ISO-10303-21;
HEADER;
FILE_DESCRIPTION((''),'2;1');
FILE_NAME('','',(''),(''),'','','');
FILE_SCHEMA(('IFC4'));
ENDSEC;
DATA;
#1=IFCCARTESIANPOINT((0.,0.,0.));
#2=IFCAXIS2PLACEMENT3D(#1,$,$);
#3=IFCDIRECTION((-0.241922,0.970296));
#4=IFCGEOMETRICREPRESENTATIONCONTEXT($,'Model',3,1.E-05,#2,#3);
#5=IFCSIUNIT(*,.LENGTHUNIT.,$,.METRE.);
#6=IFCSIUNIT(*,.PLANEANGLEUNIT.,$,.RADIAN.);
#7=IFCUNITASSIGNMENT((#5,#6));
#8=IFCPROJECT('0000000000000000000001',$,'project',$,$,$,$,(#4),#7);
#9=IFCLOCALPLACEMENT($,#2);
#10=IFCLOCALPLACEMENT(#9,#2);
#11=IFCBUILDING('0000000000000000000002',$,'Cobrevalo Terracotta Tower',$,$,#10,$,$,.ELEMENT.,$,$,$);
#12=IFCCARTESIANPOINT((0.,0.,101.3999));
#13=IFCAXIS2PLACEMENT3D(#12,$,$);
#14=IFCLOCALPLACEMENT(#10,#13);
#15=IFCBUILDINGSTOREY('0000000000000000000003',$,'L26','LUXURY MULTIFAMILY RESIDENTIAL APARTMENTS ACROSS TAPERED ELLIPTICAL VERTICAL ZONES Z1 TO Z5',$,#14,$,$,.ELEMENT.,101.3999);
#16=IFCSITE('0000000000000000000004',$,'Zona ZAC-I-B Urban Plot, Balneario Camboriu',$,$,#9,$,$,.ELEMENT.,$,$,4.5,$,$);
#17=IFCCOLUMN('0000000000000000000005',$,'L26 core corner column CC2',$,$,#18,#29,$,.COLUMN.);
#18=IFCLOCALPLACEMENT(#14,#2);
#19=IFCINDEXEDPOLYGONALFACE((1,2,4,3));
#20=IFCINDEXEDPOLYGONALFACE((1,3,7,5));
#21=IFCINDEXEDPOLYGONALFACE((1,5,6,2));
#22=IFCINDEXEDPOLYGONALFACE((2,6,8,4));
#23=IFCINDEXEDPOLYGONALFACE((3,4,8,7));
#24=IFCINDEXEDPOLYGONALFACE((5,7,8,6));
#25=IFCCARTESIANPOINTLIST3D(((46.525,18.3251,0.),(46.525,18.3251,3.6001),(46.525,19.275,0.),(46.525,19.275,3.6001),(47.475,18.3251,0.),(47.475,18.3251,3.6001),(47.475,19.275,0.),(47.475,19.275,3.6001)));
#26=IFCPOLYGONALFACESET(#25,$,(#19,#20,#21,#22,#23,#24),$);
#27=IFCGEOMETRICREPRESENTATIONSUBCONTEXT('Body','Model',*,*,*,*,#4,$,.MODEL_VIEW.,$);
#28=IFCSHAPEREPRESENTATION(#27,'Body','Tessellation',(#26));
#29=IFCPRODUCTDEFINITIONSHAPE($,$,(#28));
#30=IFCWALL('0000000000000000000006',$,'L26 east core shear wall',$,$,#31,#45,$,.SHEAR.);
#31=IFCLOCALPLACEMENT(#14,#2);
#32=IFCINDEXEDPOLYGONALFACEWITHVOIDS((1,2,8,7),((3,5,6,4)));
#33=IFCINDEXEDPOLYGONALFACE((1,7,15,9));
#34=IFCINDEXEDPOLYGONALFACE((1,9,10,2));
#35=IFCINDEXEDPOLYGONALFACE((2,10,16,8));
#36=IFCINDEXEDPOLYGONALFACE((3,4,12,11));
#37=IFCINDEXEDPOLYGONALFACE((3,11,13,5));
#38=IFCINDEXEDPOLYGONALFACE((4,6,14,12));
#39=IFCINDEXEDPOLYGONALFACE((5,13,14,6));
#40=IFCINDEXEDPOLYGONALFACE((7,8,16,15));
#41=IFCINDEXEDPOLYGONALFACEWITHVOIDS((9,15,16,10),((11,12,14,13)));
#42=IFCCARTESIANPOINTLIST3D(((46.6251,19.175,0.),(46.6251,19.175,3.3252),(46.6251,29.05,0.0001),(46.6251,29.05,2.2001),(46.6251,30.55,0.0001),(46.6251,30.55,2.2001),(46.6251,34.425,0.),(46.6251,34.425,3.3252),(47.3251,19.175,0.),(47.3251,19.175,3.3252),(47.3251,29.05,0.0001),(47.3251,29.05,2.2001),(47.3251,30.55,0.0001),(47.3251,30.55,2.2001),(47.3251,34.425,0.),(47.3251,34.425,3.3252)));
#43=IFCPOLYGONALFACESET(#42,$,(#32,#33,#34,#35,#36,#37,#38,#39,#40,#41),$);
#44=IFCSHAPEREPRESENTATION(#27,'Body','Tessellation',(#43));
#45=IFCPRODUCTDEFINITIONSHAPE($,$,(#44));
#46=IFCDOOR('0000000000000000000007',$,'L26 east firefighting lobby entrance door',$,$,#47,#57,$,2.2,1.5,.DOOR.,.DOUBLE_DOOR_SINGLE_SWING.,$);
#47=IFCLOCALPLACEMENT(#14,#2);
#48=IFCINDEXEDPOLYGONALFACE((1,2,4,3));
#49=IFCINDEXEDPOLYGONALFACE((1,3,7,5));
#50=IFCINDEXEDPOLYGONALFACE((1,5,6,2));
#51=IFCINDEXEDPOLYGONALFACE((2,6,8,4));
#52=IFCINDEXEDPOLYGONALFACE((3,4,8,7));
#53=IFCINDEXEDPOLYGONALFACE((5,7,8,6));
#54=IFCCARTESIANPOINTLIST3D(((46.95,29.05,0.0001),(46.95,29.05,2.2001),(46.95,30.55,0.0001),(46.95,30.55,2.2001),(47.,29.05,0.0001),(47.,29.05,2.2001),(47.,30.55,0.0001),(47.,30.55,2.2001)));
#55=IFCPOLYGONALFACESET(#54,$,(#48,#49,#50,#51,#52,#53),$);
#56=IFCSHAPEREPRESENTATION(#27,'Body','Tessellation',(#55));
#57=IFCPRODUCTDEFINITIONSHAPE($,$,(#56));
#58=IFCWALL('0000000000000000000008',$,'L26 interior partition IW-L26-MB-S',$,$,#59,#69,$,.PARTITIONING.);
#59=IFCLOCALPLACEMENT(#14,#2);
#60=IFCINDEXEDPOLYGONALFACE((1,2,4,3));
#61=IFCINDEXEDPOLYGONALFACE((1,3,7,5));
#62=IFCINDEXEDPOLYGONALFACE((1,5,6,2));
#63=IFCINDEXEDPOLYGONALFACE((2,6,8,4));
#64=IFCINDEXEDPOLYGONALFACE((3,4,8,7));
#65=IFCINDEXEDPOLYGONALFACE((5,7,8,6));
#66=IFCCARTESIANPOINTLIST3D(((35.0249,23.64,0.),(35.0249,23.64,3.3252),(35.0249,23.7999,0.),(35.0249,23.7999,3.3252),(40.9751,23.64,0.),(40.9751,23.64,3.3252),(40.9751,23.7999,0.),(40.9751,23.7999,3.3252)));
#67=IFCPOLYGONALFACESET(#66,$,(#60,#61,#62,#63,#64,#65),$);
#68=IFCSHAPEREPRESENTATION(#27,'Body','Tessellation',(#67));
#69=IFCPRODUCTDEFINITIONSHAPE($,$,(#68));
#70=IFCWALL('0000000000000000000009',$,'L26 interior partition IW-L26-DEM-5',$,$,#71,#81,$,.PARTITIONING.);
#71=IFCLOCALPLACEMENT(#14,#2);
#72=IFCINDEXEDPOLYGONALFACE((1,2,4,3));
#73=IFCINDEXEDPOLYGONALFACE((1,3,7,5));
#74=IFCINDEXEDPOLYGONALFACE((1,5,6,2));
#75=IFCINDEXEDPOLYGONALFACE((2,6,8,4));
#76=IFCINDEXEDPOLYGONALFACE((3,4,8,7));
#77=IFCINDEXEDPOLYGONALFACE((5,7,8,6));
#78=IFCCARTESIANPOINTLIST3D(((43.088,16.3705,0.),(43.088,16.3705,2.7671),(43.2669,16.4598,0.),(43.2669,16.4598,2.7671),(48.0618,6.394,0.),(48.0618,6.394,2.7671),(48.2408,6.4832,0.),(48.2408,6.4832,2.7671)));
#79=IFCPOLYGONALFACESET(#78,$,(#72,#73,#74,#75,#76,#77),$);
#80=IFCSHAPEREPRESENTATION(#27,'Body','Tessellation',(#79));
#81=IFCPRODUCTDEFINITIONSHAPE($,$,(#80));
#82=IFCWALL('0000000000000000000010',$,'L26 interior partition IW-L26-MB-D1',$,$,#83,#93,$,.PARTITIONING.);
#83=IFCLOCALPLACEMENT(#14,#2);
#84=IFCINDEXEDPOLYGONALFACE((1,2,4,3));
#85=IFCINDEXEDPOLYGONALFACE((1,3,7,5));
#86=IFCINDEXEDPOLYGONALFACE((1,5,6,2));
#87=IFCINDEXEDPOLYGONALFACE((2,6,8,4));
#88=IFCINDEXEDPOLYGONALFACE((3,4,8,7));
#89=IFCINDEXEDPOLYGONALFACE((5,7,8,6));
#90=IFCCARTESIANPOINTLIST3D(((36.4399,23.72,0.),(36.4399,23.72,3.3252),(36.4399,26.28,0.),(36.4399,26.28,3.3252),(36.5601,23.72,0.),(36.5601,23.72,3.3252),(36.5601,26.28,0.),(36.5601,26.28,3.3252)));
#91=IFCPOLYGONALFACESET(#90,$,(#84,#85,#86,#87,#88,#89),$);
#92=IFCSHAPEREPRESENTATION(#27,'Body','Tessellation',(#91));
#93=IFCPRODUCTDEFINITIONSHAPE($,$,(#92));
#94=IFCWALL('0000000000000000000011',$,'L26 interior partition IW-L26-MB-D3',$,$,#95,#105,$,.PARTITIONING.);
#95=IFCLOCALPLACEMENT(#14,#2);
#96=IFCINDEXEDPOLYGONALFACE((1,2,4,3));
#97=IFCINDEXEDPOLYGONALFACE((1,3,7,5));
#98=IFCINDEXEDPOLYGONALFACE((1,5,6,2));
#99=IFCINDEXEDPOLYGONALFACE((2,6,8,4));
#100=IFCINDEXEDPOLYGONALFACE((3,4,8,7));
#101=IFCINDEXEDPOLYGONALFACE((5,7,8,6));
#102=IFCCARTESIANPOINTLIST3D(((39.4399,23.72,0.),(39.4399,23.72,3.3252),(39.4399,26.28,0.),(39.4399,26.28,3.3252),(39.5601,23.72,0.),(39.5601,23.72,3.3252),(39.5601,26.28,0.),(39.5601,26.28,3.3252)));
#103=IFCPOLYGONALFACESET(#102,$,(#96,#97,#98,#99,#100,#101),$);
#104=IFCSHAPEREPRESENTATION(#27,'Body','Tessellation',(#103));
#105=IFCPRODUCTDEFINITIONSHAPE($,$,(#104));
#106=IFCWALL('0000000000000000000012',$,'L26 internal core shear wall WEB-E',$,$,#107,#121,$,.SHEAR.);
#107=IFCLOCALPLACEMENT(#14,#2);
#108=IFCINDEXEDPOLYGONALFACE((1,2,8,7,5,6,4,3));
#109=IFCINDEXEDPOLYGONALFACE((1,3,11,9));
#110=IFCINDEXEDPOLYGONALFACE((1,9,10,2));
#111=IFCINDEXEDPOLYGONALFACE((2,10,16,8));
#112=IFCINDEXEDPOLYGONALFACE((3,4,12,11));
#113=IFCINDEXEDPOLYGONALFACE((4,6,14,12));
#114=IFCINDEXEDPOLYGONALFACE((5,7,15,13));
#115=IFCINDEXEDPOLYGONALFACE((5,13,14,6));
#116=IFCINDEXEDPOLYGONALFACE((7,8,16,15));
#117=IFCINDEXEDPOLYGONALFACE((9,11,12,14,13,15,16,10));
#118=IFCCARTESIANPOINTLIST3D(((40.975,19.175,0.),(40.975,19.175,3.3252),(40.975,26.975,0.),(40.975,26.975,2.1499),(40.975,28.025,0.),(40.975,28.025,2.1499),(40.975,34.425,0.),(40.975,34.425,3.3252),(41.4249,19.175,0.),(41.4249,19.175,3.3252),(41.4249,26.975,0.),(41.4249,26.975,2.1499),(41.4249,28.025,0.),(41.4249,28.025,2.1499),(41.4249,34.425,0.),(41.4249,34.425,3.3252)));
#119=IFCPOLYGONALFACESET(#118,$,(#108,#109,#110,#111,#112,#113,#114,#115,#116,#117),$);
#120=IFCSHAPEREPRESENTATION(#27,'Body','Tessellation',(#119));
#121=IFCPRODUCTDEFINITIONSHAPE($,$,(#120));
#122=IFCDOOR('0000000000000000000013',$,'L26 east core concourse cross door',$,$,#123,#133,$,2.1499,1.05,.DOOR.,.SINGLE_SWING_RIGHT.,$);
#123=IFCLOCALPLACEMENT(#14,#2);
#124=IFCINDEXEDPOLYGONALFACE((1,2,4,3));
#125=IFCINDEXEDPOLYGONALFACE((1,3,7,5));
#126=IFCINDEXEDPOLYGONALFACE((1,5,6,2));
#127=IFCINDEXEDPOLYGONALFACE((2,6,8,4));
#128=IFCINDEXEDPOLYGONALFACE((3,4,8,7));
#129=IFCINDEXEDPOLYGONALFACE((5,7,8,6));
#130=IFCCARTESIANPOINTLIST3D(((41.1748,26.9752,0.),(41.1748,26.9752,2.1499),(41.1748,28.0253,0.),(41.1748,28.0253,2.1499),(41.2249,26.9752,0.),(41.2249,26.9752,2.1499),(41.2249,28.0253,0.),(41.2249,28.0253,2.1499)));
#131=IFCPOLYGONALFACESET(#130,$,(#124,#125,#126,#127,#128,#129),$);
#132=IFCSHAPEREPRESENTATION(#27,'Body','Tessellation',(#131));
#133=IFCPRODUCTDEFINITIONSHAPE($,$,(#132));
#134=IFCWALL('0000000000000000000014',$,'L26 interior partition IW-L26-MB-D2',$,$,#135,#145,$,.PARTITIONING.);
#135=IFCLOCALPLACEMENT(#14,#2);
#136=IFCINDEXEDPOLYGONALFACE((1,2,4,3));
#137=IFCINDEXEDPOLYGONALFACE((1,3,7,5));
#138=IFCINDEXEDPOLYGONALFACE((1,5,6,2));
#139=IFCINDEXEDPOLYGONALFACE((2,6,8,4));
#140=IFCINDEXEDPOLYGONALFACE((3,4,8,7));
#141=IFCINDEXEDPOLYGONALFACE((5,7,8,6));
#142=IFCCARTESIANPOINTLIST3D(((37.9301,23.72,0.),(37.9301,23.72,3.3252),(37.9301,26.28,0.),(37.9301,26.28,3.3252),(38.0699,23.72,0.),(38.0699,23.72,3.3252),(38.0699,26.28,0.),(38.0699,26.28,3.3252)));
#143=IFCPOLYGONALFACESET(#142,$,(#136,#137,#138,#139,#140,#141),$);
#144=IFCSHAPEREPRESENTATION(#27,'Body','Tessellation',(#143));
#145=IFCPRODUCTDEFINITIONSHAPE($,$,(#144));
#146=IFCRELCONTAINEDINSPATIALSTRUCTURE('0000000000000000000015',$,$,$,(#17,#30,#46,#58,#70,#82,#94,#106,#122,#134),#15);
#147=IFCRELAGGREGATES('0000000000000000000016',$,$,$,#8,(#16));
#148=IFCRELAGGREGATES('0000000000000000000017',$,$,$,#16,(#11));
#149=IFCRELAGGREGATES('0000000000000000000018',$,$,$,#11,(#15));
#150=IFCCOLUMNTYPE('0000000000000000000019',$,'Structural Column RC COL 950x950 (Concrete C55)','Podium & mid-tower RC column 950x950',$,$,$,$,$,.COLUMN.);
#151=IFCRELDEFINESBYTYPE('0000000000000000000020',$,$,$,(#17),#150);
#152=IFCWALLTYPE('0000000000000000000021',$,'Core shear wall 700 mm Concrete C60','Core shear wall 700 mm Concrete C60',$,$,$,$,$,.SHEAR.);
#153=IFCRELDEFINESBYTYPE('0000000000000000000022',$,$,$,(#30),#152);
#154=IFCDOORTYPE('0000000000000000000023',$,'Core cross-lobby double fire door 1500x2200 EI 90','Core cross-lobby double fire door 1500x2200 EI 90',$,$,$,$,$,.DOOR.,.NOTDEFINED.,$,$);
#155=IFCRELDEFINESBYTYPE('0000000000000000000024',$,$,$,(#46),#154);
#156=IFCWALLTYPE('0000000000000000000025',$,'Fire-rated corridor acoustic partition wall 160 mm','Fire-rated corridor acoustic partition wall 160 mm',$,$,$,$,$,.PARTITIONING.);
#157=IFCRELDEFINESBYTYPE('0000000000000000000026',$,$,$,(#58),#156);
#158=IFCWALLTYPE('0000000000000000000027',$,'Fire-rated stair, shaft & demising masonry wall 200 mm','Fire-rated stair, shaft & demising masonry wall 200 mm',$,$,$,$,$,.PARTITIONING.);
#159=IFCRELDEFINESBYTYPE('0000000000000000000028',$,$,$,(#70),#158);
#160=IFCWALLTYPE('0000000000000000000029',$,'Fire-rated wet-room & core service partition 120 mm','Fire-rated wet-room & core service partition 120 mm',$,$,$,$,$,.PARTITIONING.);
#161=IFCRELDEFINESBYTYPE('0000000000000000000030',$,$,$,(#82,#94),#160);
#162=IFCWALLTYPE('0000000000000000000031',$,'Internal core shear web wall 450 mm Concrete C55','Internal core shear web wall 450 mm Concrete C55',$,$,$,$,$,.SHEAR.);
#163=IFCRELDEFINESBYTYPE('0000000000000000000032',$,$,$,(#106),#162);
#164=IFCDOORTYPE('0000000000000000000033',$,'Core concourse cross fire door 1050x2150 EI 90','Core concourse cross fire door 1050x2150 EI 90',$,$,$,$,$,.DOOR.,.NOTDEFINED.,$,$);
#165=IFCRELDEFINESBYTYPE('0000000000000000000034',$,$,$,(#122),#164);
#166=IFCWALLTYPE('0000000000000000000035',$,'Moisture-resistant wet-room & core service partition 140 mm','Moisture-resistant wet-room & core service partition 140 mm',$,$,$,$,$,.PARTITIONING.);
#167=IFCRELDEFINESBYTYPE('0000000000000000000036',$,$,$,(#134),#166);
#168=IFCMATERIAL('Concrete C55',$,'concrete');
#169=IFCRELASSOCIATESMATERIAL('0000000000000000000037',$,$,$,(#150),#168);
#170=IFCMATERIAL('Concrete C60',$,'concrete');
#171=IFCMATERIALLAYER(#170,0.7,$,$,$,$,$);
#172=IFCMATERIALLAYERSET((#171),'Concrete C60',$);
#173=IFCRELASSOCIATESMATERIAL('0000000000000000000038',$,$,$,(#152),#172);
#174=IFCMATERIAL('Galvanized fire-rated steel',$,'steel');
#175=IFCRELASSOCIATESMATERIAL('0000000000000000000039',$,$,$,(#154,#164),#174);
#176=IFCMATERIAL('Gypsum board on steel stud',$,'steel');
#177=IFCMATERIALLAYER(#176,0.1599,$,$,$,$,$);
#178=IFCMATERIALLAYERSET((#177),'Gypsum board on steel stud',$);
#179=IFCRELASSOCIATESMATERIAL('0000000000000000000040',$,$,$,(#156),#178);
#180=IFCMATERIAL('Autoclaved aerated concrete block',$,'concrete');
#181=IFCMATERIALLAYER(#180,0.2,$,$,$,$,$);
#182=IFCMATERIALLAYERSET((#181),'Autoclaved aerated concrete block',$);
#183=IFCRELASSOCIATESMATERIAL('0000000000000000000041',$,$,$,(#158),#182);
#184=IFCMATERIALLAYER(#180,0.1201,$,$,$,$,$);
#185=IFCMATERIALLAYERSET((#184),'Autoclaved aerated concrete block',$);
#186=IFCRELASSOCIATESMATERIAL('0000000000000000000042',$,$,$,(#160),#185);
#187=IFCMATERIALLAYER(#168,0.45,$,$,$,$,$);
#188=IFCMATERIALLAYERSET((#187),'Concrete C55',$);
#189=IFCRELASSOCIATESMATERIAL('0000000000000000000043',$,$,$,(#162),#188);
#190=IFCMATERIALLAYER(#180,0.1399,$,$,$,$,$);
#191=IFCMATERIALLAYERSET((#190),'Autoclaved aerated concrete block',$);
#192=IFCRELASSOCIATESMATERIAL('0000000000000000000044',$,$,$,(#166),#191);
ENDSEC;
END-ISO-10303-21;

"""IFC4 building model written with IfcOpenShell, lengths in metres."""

from ifc_helpers import new_model, si_unit, direction, frame, frame_2d, origin, origin_2d, place, context, subcontext, project, spatial, rectangle, extrude, source, transform, mapped, material, layer, layer_set, material_profile, profile_set, type_object, element, fill, save


model = new_model("IFC4")

# Units and contexts
model_context = context("Model", 3, precision=1e-05, world=origin(), true_north=direction((-0.241922, 0.970296)))
body_context = subcontext(model_context, "Body", "Model", "MODEL_VIEW")
ifc_project = project(units=[si_unit("LENGTHUNIT", "METRE"), si_unit("PLANEANGLEUNIT", "RADIAN")], contexts=[model_context])

# Site, building, storey
site_placement = place(None, origin())
site = spatial("IfcSite", under=ifc_project, at=site_placement, Name="Zona ZAC-I-B Urban Plot, Balneario Camboriu", CompositionType="ELEMENT", RefElevation=4.5)
building_placement = place(site_placement, origin())
building = spatial("IfcBuilding", under=site, at=building_placement, Name="Cobrevalo Terracotta Tower", CompositionType="ELEMENT")
storey_placement = place(building_placement, frame((0.0, 0.0, 101.3999)))
storey = spatial("IfcBuildingStorey", under=building, at=storey_placement, Name="L26", Description="LUXURY MULTIFAMILY RESIDENTIAL APARTMENTS ACROSS TAPERED ELLIPTICAL VERTICAL ZONES Z1 TO Z5", CompositionType="ELEMENT", Elevation=101.3999)

# Column
ifc_material_1 = material(Name="Concrete C55", Category="concrete")
ifc_material_profile = material_profile(ifc_material_1, rectangle(XDim=0.95, YDim=0.95, at=origin_2d()), Name="RC COL 950x950")
ifc_profile_set = profile_set([ifc_material_profile], Name="Concrete C55")
column_type = type_object("IfcColumnType", Name="Structural Column RC COL 950x950 (Concrete C55)", Description="Podium & mid-tower RC column 950x950", PredefinedType="COLUMN", material=ifc_profile_set)
column_placement = place(storey_placement, frame((47.0, 18.8, 0.0), z_axis=(0.0, 0.0, 1.0), x_axis=(1.0, 0.0, 0.0)))
element("IfcColumn", 1, at=column_placement, inside=storey, type_object=column_type, Name="L26 core corner column CC2", PredefinedType="COLUMN", context=body_context, shape_type="SweptSolid", body=[
    extrude(rectangle(XDim=0.95, YDim=0.95, at=origin_2d()), origin(), (0.0, 0.0, 1.0), 3.6001),
])

# Wall, opening, door
ifc_material_2 = material(Name="Concrete C60", Category="concrete")
ifc_layer_1 = layer(ifc_material_2, 0.7)
ifc_layer_set_1 = layer_set([ifc_layer_1], Name="Concrete C60")
wall_type_1 = type_object("IfcWallType", Name="Core shear wall 700 mm Concrete C60", Description="Core shear wall 700 mm Concrete C60", PredefinedType="SHEAR", material=ifc_layer_set_1)
wall_1_placement = place(storey_placement, frame((46.9751, 19.175, 0.0), z_axis=(0.0, 0.0, 1.0), x_axis=(0.0, 1.0, 0.0)))
wall_1 = element("IfcWall", 2, at=wall_1_placement, inside=storey, type_object=wall_type_1, Name="L26 east core shear wall", PredefinedType="SHEAR", context=body_context, shape_type="SweptSolid", body=[
    extrude(rectangle(XDim=15.25, YDim=0.7, at=frame_2d((7.625, 0.0))), origin(), (0.0, 0.0, 1.0), 3.3252),
])
opening_1_placement = place(wall_1_placement, frame((9.875, 0.0, 0.0)))
opening_1 = element("IfcOpeningElement", 3, at=opening_1_placement, cuts=wall_1, PredefinedType="OPENING", context=body_context, shape_type="SweptSolid", body=[
    extrude(rectangle(XDim=1.5, YDim=2.2, at=frame_2d((0.75, 1.1001))), frame((0.0, 0.3599, 0.0), z_axis=(0.0, -1.0, 0.0), x_axis=(1.0, 0.0, 0.0)), (0.0, 0.0, 1.0), 0.72),
])
ifc_material_3 = material(Name="Galvanized fire-rated steel", Category="steel")
door_type_1 = type_object("IfcDoorType", Name="Core cross-lobby double fire door 1500x2200 EI 90", Description="Core cross-lobby double fire door 1500x2200 EI 90", OperationType="NOTDEFINED", PredefinedType="DOOR", material=ifc_material_3)
shared_shape_1 = source(origin(), body_context, "Body", "SweptSolid", [
    extrude(rectangle(XDim=1.5, YDim=2.2, at=frame_2d((0.75, 1.1001))), frame((0.0, 0.0249, 0.0), z_axis=(0.0, -1.0, 0.0), x_axis=(1.0, 0.0, 0.0)), (0.0, 0.0, 1.0), 0.05),
])
door_1_placement = place(opening_1_placement, frame((1.5, 0.0, 0.0), z_axis=(0.0, 0.0, 1.0), x_axis=(-1.0, 0.0, 0.0)))
door_1 = element("IfcDoor", 4, at=door_1_placement, inside=storey, type_object=door_type_1, Name="L26 east firefighting lobby entrance door", OperationType="DOUBLE_DOOR_SINGLE_SWING", OverallHeight=2.2, OverallWidth=1.5, PredefinedType="DOOR", context=body_context, shape_type="MappedRepresentation", body=[
    mapped(shared_shape_1, transform((0.0, 0.0, 0.0), scale=1.0)),
])
fill(opening_1, door_1)

# Walls
ifc_material_4 = material(Name="Gypsum board on steel stud", Category="steel")
ifc_layer_2 = layer(ifc_material_4, 0.1599)
ifc_layer_set_2 = layer_set([ifc_layer_2], Name="Gypsum board on steel stud")
wall_type_2 = type_object("IfcWallType", Name="Fire-rated corridor acoustic partition wall 160 mm", Description="Fire-rated corridor acoustic partition wall 160 mm", PredefinedType="PARTITIONING", material=ifc_layer_set_2)
wall_2_placement = place(storey_placement, frame((35.0249, 23.72, 0.0), z_axis=(0.0, 0.0, 1.0), x_axis=(1.0, 0.0, 0.0)))
element("IfcWall", 5, at=wall_2_placement, inside=storey, type_object=wall_type_2, Name="L26 interior partition IW-L26-MB-S", PredefinedType="PARTITIONING", context=body_context, shape_type="SweptSolid", body=[
    extrude(rectangle(XDim=5.9502, YDim=0.1599, at=frame_2d((2.9751, 0.0))), origin(), (0.0, 0.0, 1.0), 3.3252),
])
ifc_material_5 = material(Name="Autoclaved aerated concrete block", Category="concrete")
ifc_layer_3 = layer(ifc_material_5, 0.2)
ifc_layer_set_3 = layer_set([ifc_layer_3], Name="Autoclaved aerated concrete block")
wall_type_3 = type_object("IfcWallType", Name="Fire-rated stair, shaft & demising masonry wall 200 mm", Description="Fire-rated stair, shaft & demising masonry wall 200 mm", PredefinedType="PARTITIONING", material=ifc_layer_set_3)
wall_3_placement = place(storey_placement, frame((43.1775, 16.415, 0.0), z_axis=(0.0, 0.0, 1.0), x_axis=(0.44618, -0.894943, 0.0)))
element("IfcWall", 6, at=wall_3_placement, inside=storey, type_object=wall_type_3, Name="L26 interior partition IW-L26-DEM-5", PredefinedType="PARTITIONING", context=body_context, shape_type="SweptSolid", body=[
    extrude(rectangle(XDim=11.1477, YDim=0.2, at=frame_2d((5.5737, 0.0))), origin(), (0.0, 0.0, 1.0), 2.7671),
])
ifc_layer_4 = layer(ifc_material_5, 0.1201)
ifc_layer_set_4 = layer_set([ifc_layer_4], Name="Autoclaved aerated concrete block")
wall_type_4 = type_object("IfcWallType", Name="Fire-rated wet-room & core service partition 120 mm", Description="Fire-rated wet-room & core service partition 120 mm", PredefinedType="PARTITIONING", material=ifc_layer_set_4)
for number, where, z_axis, x_axis, name in (
    (7, (36.5, 23.72, 0.0), (0.0, 0.0, 1.0), (0.0, 1.0, 0.0), "L26 interior partition IW-L26-MB-D1"),
    (8, (39.5, 23.72, 0.0), (0.0, 0.0, 1.0), (0.0, 1.0, 0.0), "L26 interior partition IW-L26-MB-D3"),
):
    element("IfcWall", number, at=place(storey_placement, frame(where, z_axis=z_axis, x_axis=x_axis)), inside=storey, type_object=wall_type_4, Name=name, PredefinedType="PARTITIONING", context=body_context, shape_type="SweptSolid", body=[
        extrude(rectangle(XDim=2.5601, YDim=0.1201, at=frame_2d((1.28, 0.0))), origin(), (0.0, 0.0, 1.0), 3.3252),
    ])

# Wall, opening, door
ifc_layer_5 = layer(ifc_material_1, 0.45)
ifc_layer_set_5 = layer_set([ifc_layer_5], Name="Concrete C55")
wall_type_5 = type_object("IfcWallType", Name="Internal core shear web wall 450 mm Concrete C55", Description="Internal core shear web wall 450 mm Concrete C55", PredefinedType="SHEAR", material=ifc_layer_set_5)
wall_4_placement = place(storey_placement, frame((41.2, 19.175, 0.0), z_axis=(0.0, 0.0, 1.0), x_axis=(0.0, 1.0, 0.0)))
wall_4 = element("IfcWall", 9, at=wall_4_placement, inside=storey, type_object=wall_type_5, Name="L26 internal core shear wall WEB-E", PredefinedType="SHEAR", context=body_context, shape_type="SweptSolid", body=[
    extrude(rectangle(XDim=15.25, YDim=0.45, at=frame_2d((7.625, 0.0))), origin(), (0.0, 0.0, 1.0), 3.3252),
])
opening_2_placement = place(wall_4_placement, frame((7.8, 0.0, 0.0)))
opening_2 = element("IfcOpeningElement", 10, at=opening_2_placement, cuts=wall_4, PredefinedType="OPENING", context=body_context, shape_type="SweptSolid", body=[
    extrude(rectangle(XDim=1.05, YDim=2.1499, at=frame_2d((0.5249, 1.075))), frame((0.0, 0.2349, 0.0), z_axis=(0.0, -1.0, 0.0), x_axis=(1.0, 0.0, 0.0)), (0.0, 0.0, 1.0), 0.47),
])
door_type_2 = type_object("IfcDoorType", Name="Core concourse cross fire door 1050x2150 EI 90", Description="Core concourse cross fire door 1050x2150 EI 90", OperationType="NOTDEFINED", PredefinedType="DOOR", material=ifc_material_3)
shared_shape_2 = source(origin(), body_context, "Body", "SweptSolid", [
    extrude(rectangle(XDim=1.05, YDim=2.1499, at=frame_2d((0.5249, 1.075))), frame((0.0, 0.0249, 0.0), z_axis=(0.0, -1.0, 0.0), x_axis=(1.0, 0.0, 0.0)), (0.0, 0.0, 1.0), 0.05),
])
door_2_placement = place(opening_2_placement, frame((1.05, 0.0, 0.0), z_axis=(0.0, 0.0, 1.0), x_axis=(-1.0, 0.0, 0.0)))
door_2 = element("IfcDoor", 11, at=door_2_placement, inside=storey, type_object=door_type_2, Name="L26 east core concourse cross door", OperationType="SINGLE_SWING_RIGHT", OverallHeight=2.1499, OverallWidth=1.05, PredefinedType="DOOR", context=body_context, shape_type="MappedRepresentation", body=[
    mapped(shared_shape_2, transform((0.0, 0.0, 0.0), scale=1.0)),
])
fill(opening_2, door_2)

# Wall
ifc_layer_6 = layer(ifc_material_5, 0.1399)
ifc_layer_set_6 = layer_set([ifc_layer_6], Name="Autoclaved aerated concrete block")
wall_type_6 = type_object("IfcWallType", Name="Moisture-resistant wet-room & core service partition 140 mm", Description="Moisture-resistant wet-room & core service partition 140 mm", PredefinedType="PARTITIONING", material=ifc_layer_set_6)
wall_5_placement = place(storey_placement, frame((38.0, 23.72, 0.0), z_axis=(0.0, 0.0, 1.0), x_axis=(0.0, 1.0, 0.0)))
element("IfcWall", 12, at=wall_5_placement, inside=storey, type_object=wall_type_6, Name="L26 interior partition IW-L26-MB-D2", PredefinedType="PARTITIONING", context=body_context, shape_type="SweptSolid", body=[
    extrude(rectangle(XDim=2.5601, YDim=0.1399, at=frame_2d((1.28, 0.0))), origin(), (0.0, 0.0, 1.0), 3.3252),
])

save(model, "model.ifc")
